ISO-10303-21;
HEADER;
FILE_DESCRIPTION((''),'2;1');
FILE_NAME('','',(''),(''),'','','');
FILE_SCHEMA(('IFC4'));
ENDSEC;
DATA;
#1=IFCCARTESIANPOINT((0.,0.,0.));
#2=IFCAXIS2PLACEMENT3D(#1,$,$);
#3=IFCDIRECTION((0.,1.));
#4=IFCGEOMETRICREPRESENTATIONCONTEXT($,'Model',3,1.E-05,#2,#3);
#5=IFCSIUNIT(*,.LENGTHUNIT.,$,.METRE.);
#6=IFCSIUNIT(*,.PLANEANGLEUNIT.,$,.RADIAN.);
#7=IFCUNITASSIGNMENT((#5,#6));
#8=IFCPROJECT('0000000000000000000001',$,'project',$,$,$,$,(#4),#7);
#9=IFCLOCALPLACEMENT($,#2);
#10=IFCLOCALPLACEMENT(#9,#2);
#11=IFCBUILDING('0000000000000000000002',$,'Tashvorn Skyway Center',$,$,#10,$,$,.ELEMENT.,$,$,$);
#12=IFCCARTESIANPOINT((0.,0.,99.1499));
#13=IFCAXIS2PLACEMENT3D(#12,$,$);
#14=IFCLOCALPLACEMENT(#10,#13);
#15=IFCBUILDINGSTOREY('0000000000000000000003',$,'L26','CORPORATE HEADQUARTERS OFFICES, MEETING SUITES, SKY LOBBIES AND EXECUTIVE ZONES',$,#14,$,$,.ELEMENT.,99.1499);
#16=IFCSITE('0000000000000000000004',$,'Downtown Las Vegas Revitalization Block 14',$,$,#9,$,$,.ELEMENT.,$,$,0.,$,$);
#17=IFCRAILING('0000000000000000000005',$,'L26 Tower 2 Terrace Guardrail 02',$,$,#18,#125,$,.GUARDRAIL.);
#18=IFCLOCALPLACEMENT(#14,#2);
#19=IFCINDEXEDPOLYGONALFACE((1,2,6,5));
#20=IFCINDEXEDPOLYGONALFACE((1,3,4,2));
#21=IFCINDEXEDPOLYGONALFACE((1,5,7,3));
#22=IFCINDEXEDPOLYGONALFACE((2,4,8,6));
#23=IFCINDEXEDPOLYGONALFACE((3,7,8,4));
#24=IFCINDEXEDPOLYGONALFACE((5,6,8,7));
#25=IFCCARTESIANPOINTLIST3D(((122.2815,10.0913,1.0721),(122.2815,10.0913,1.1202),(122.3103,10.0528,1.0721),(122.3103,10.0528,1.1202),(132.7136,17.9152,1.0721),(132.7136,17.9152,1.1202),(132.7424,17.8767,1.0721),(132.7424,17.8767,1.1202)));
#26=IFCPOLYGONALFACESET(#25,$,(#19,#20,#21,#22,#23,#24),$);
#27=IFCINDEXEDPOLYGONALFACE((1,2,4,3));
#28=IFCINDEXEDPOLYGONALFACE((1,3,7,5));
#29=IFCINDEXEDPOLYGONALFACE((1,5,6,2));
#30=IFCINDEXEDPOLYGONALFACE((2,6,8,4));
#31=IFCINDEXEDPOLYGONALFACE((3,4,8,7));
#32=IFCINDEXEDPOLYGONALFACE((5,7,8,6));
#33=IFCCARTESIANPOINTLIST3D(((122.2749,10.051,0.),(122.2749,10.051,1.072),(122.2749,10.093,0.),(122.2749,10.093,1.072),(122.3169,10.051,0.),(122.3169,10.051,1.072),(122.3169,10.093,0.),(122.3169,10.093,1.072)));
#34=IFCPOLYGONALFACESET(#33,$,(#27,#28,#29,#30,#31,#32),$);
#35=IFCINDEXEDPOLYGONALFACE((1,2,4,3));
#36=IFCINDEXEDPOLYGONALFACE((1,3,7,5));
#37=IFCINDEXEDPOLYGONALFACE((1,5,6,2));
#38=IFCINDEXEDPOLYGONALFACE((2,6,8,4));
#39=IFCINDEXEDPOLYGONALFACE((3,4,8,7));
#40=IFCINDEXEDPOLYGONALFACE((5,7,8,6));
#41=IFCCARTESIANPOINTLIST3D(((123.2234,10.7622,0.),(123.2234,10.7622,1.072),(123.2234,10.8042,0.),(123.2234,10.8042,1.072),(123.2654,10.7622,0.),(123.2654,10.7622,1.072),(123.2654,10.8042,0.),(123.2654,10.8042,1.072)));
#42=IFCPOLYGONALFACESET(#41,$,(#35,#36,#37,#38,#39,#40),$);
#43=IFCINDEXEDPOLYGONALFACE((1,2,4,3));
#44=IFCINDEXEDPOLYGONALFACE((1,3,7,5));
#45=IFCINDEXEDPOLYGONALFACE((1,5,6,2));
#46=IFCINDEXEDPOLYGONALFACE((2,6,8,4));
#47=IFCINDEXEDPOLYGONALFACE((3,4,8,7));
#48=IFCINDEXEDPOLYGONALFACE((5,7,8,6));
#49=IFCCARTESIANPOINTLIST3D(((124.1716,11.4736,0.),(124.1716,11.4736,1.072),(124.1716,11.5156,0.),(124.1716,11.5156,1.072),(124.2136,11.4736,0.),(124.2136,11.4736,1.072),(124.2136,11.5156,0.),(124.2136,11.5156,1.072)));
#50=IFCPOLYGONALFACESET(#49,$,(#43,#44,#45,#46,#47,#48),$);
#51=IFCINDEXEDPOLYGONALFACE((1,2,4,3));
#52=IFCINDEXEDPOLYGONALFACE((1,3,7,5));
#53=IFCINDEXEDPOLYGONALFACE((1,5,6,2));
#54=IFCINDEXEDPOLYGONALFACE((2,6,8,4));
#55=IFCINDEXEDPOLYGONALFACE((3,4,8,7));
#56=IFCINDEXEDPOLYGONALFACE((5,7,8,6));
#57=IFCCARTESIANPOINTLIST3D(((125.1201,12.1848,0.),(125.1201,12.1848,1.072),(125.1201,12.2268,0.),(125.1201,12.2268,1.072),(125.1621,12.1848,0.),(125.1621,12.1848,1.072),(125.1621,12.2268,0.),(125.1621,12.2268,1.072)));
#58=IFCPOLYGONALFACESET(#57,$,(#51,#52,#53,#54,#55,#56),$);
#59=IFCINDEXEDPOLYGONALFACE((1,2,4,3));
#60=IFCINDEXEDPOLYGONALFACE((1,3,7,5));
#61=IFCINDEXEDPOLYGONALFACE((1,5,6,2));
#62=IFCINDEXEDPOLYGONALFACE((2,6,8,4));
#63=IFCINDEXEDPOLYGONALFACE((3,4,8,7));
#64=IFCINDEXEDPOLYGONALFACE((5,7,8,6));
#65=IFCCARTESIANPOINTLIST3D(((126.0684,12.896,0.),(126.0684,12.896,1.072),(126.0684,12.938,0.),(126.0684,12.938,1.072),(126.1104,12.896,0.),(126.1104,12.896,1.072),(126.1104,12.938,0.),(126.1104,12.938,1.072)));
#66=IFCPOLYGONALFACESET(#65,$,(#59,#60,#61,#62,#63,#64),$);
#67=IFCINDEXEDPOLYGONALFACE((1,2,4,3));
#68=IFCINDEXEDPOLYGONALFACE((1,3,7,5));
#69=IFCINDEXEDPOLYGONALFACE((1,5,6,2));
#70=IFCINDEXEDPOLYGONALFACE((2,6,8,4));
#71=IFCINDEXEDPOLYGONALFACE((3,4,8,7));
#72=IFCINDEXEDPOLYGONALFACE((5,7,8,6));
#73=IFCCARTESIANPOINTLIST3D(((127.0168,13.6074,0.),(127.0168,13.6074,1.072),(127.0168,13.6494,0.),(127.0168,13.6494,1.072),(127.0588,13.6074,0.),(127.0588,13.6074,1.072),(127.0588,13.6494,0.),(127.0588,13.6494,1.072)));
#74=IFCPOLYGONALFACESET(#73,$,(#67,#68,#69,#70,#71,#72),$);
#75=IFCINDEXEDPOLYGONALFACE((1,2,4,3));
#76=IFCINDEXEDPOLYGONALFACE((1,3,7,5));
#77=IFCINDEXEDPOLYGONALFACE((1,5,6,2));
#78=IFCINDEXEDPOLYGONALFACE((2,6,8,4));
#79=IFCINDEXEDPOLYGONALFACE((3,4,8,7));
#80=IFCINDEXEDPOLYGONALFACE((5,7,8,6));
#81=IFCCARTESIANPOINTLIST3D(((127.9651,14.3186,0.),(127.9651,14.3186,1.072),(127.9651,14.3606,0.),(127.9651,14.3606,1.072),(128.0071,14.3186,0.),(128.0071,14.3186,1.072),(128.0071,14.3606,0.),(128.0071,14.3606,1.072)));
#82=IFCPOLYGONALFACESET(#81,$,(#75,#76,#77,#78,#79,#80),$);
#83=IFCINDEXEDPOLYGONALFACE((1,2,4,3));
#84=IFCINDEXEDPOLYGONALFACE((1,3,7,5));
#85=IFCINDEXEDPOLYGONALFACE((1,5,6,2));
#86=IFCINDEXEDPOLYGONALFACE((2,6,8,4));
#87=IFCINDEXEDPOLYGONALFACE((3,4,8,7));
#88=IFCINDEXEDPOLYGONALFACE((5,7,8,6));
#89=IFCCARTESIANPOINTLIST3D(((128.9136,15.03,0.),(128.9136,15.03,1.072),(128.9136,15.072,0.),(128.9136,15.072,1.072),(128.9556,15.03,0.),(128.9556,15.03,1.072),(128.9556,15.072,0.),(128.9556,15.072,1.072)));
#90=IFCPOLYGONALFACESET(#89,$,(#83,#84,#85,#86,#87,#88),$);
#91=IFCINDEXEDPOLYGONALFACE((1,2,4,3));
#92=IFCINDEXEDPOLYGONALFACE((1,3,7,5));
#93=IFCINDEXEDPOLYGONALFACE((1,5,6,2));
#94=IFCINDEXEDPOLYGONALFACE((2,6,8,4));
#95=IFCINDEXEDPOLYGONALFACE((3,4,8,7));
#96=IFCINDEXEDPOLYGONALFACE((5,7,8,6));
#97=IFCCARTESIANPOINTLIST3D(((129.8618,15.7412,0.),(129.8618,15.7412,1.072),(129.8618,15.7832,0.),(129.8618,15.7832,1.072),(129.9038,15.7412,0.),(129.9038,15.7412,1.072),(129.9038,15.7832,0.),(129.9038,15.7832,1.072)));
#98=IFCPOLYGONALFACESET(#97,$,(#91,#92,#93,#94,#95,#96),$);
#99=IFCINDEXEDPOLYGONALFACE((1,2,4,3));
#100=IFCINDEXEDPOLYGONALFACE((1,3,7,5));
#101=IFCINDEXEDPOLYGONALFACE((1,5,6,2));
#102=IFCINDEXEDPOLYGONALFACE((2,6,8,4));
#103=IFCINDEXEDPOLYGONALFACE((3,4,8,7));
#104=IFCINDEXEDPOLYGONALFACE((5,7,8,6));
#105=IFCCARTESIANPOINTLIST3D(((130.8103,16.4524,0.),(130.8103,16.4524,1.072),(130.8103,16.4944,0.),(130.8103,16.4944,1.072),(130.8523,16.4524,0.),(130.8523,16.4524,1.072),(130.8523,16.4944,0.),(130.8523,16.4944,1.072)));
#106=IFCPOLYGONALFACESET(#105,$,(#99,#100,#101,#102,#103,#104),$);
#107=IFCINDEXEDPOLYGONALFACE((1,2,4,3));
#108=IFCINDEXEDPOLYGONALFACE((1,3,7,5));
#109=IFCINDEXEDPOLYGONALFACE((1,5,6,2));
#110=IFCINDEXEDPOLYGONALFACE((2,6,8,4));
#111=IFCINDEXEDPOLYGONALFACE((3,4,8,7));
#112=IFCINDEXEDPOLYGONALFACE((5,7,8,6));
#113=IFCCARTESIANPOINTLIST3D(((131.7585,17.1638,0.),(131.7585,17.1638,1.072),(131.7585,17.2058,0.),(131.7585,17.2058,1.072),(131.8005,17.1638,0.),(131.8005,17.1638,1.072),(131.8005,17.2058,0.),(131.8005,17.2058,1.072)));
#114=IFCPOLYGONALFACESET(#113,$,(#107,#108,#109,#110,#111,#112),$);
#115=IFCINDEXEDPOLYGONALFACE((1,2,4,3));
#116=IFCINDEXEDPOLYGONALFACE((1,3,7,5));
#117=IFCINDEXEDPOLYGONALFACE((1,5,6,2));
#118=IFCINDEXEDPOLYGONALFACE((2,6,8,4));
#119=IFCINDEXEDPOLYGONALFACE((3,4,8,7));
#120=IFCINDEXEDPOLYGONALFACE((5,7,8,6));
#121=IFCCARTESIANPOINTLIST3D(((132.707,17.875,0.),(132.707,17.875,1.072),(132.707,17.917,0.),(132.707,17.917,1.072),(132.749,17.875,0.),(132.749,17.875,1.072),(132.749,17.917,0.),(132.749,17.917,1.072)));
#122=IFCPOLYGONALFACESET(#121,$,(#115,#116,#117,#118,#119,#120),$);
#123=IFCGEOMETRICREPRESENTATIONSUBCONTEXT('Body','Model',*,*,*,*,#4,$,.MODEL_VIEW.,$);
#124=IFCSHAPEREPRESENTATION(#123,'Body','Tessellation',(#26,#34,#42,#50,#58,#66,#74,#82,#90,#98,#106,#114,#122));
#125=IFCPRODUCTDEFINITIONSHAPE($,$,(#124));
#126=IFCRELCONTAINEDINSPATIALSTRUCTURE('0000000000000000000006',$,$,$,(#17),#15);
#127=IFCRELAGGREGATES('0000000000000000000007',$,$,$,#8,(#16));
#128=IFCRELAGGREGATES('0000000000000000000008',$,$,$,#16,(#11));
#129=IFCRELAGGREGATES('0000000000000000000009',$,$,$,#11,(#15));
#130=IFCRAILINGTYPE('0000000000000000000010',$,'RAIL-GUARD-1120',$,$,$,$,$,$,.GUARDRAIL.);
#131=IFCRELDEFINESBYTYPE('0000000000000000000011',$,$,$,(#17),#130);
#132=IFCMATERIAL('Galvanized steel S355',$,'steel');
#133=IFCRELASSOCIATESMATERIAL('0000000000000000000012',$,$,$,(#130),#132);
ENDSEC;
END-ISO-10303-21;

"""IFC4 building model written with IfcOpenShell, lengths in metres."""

from ifc_helpers import new_model, si_unit, direction, frame, origin, origin_2d, place, context, subcontext, project, spatial, rectangle, extrude, material, type_object, element, save


model = new_model("IFC4")

# Units and contexts
model_context = context("Model", 3, precision=1e-05, world=origin(), true_north=direction((0.0, 1.0)))
body_context = subcontext(model_context, "Body", "Model", "MODEL_VIEW")
ifc_project = project(units=[si_unit("LENGTHUNIT", "METRE"), si_unit("PLANEANGLEUNIT", "RADIAN")], contexts=[model_context])

# Site, building, storey
site_placement = place(None, origin())
site = spatial("IfcSite", under=ifc_project, at=site_placement, Name="Downtown Las Vegas Revitalization Block 14", CompositionType="ELEMENT", RefElevation=0.0)
building_placement = place(site_placement, origin())
building = spatial("IfcBuilding", under=site, at=building_placement, Name="Tashvorn Skyway Center", CompositionType="ELEMENT")
storey_placement = place(building_placement, frame((0.0, 0.0, 99.1499)))
storey = spatial("IfcBuildingStorey", under=building, at=storey_placement, Name="L26", Description="CORPORATE HEADQUARTERS OFFICES, MEETING SUITES, SKY LOBBIES AND EXECUTIVE ZONES", CompositionType="ELEMENT", Elevation=99.1499)

# Railing
ifc_material_1 = material(Name="Galvanized steel S355", Category="steel")
railing_type = type_object("IfcRailingType", Name="RAIL-GUARD-1120", PredefinedType="GUARDRAIL", material=ifc_material_1)
railing_1_placement = place(storey_placement, frame((122.2959, 10.072, 0.0)))
element("IfcRailing", 1, at=railing_1_placement, inside=storey, type_object=railing_type, Name="L26 Tower 2 Terrace Guardrail 02", PredefinedType="GUARDRAIL", context=body_context, shape_type="SweptSolid", body=[
    extrude(rectangle(XDim=0.0481, YDim=0.0481, at=origin_2d()), frame((0.0, 0.0, 1.0962), z_axis=(0.800004, 0.599994, 0.0), x_axis=(-0.599994, 0.800004, 0.0)), (0.0, 0.0, 1.0), 13.04),
    extrude(rectangle(XDim=0.042, YDim=0.042, at=origin_2d()), origin(), (0.0, 0.0, 1.0), 1.072),
    extrude(rectangle(XDim=0.042, YDim=0.042, at=origin_2d()), frame((0.9485, 0.7112, 0.0)), (0.0, 0.0, 1.0), 1.072),
    extrude(rectangle(XDim=0.042, YDim=0.042, at=origin_2d()), frame((1.8967, 1.4226, 0.0)), (0.0, 0.0, 1.0), 1.072),
    extrude(rectangle(XDim=0.042, YDim=0.042, at=origin_2d()), frame((2.8452, 2.1338, 0.0)), (0.0, 0.0, 1.0), 1.072),
    extrude(rectangle(XDim=0.042, YDim=0.042, at=origin_2d()), frame((3.7935, 2.845, 0.0)), (0.0, 0.0, 1.0), 1.072),
    extrude(rectangle(XDim=0.042, YDim=0.042, at=origin_2d()), frame((4.7419, 3.5564, 0.0)), (0.0, 0.0, 1.0), 1.072),
    extrude(rectangle(XDim=0.042, YDim=0.042, at=origin_2d()), frame((5.6902, 4.2676, 0.0)), (0.0, 0.0, 1.0), 1.072),
    extrude(rectangle(XDim=0.042, YDim=0.042, at=origin_2d()), frame((6.6387, 4.979, 0.0)), (0.0, 0.0, 1.0), 1.072),
    extrude(rectangle(XDim=0.042, YDim=0.042, at=origin_2d()), frame((7.5869, 5.6902, 0.0)), (0.0, 0.0, 1.0), 1.072),
    extrude(rectangle(XDim=0.042, YDim=0.042, at=origin_2d()), frame((8.5354, 6.4014, 0.0)), (0.0, 0.0, 1.0), 1.072),
    extrude(rectangle(XDim=0.042, YDim=0.042, at=origin_2d()), frame((9.4836, 7.1128, 0.0)), (0.0, 0.0, 1.0), 1.072),
    extrude(rectangle(XDim=0.042, YDim=0.042, at=origin_2d()), frame((10.4321, 7.824, 0.0)), (0.0, 0.0, 1.0), 1.072),
])

save(model, "model.ifc")
